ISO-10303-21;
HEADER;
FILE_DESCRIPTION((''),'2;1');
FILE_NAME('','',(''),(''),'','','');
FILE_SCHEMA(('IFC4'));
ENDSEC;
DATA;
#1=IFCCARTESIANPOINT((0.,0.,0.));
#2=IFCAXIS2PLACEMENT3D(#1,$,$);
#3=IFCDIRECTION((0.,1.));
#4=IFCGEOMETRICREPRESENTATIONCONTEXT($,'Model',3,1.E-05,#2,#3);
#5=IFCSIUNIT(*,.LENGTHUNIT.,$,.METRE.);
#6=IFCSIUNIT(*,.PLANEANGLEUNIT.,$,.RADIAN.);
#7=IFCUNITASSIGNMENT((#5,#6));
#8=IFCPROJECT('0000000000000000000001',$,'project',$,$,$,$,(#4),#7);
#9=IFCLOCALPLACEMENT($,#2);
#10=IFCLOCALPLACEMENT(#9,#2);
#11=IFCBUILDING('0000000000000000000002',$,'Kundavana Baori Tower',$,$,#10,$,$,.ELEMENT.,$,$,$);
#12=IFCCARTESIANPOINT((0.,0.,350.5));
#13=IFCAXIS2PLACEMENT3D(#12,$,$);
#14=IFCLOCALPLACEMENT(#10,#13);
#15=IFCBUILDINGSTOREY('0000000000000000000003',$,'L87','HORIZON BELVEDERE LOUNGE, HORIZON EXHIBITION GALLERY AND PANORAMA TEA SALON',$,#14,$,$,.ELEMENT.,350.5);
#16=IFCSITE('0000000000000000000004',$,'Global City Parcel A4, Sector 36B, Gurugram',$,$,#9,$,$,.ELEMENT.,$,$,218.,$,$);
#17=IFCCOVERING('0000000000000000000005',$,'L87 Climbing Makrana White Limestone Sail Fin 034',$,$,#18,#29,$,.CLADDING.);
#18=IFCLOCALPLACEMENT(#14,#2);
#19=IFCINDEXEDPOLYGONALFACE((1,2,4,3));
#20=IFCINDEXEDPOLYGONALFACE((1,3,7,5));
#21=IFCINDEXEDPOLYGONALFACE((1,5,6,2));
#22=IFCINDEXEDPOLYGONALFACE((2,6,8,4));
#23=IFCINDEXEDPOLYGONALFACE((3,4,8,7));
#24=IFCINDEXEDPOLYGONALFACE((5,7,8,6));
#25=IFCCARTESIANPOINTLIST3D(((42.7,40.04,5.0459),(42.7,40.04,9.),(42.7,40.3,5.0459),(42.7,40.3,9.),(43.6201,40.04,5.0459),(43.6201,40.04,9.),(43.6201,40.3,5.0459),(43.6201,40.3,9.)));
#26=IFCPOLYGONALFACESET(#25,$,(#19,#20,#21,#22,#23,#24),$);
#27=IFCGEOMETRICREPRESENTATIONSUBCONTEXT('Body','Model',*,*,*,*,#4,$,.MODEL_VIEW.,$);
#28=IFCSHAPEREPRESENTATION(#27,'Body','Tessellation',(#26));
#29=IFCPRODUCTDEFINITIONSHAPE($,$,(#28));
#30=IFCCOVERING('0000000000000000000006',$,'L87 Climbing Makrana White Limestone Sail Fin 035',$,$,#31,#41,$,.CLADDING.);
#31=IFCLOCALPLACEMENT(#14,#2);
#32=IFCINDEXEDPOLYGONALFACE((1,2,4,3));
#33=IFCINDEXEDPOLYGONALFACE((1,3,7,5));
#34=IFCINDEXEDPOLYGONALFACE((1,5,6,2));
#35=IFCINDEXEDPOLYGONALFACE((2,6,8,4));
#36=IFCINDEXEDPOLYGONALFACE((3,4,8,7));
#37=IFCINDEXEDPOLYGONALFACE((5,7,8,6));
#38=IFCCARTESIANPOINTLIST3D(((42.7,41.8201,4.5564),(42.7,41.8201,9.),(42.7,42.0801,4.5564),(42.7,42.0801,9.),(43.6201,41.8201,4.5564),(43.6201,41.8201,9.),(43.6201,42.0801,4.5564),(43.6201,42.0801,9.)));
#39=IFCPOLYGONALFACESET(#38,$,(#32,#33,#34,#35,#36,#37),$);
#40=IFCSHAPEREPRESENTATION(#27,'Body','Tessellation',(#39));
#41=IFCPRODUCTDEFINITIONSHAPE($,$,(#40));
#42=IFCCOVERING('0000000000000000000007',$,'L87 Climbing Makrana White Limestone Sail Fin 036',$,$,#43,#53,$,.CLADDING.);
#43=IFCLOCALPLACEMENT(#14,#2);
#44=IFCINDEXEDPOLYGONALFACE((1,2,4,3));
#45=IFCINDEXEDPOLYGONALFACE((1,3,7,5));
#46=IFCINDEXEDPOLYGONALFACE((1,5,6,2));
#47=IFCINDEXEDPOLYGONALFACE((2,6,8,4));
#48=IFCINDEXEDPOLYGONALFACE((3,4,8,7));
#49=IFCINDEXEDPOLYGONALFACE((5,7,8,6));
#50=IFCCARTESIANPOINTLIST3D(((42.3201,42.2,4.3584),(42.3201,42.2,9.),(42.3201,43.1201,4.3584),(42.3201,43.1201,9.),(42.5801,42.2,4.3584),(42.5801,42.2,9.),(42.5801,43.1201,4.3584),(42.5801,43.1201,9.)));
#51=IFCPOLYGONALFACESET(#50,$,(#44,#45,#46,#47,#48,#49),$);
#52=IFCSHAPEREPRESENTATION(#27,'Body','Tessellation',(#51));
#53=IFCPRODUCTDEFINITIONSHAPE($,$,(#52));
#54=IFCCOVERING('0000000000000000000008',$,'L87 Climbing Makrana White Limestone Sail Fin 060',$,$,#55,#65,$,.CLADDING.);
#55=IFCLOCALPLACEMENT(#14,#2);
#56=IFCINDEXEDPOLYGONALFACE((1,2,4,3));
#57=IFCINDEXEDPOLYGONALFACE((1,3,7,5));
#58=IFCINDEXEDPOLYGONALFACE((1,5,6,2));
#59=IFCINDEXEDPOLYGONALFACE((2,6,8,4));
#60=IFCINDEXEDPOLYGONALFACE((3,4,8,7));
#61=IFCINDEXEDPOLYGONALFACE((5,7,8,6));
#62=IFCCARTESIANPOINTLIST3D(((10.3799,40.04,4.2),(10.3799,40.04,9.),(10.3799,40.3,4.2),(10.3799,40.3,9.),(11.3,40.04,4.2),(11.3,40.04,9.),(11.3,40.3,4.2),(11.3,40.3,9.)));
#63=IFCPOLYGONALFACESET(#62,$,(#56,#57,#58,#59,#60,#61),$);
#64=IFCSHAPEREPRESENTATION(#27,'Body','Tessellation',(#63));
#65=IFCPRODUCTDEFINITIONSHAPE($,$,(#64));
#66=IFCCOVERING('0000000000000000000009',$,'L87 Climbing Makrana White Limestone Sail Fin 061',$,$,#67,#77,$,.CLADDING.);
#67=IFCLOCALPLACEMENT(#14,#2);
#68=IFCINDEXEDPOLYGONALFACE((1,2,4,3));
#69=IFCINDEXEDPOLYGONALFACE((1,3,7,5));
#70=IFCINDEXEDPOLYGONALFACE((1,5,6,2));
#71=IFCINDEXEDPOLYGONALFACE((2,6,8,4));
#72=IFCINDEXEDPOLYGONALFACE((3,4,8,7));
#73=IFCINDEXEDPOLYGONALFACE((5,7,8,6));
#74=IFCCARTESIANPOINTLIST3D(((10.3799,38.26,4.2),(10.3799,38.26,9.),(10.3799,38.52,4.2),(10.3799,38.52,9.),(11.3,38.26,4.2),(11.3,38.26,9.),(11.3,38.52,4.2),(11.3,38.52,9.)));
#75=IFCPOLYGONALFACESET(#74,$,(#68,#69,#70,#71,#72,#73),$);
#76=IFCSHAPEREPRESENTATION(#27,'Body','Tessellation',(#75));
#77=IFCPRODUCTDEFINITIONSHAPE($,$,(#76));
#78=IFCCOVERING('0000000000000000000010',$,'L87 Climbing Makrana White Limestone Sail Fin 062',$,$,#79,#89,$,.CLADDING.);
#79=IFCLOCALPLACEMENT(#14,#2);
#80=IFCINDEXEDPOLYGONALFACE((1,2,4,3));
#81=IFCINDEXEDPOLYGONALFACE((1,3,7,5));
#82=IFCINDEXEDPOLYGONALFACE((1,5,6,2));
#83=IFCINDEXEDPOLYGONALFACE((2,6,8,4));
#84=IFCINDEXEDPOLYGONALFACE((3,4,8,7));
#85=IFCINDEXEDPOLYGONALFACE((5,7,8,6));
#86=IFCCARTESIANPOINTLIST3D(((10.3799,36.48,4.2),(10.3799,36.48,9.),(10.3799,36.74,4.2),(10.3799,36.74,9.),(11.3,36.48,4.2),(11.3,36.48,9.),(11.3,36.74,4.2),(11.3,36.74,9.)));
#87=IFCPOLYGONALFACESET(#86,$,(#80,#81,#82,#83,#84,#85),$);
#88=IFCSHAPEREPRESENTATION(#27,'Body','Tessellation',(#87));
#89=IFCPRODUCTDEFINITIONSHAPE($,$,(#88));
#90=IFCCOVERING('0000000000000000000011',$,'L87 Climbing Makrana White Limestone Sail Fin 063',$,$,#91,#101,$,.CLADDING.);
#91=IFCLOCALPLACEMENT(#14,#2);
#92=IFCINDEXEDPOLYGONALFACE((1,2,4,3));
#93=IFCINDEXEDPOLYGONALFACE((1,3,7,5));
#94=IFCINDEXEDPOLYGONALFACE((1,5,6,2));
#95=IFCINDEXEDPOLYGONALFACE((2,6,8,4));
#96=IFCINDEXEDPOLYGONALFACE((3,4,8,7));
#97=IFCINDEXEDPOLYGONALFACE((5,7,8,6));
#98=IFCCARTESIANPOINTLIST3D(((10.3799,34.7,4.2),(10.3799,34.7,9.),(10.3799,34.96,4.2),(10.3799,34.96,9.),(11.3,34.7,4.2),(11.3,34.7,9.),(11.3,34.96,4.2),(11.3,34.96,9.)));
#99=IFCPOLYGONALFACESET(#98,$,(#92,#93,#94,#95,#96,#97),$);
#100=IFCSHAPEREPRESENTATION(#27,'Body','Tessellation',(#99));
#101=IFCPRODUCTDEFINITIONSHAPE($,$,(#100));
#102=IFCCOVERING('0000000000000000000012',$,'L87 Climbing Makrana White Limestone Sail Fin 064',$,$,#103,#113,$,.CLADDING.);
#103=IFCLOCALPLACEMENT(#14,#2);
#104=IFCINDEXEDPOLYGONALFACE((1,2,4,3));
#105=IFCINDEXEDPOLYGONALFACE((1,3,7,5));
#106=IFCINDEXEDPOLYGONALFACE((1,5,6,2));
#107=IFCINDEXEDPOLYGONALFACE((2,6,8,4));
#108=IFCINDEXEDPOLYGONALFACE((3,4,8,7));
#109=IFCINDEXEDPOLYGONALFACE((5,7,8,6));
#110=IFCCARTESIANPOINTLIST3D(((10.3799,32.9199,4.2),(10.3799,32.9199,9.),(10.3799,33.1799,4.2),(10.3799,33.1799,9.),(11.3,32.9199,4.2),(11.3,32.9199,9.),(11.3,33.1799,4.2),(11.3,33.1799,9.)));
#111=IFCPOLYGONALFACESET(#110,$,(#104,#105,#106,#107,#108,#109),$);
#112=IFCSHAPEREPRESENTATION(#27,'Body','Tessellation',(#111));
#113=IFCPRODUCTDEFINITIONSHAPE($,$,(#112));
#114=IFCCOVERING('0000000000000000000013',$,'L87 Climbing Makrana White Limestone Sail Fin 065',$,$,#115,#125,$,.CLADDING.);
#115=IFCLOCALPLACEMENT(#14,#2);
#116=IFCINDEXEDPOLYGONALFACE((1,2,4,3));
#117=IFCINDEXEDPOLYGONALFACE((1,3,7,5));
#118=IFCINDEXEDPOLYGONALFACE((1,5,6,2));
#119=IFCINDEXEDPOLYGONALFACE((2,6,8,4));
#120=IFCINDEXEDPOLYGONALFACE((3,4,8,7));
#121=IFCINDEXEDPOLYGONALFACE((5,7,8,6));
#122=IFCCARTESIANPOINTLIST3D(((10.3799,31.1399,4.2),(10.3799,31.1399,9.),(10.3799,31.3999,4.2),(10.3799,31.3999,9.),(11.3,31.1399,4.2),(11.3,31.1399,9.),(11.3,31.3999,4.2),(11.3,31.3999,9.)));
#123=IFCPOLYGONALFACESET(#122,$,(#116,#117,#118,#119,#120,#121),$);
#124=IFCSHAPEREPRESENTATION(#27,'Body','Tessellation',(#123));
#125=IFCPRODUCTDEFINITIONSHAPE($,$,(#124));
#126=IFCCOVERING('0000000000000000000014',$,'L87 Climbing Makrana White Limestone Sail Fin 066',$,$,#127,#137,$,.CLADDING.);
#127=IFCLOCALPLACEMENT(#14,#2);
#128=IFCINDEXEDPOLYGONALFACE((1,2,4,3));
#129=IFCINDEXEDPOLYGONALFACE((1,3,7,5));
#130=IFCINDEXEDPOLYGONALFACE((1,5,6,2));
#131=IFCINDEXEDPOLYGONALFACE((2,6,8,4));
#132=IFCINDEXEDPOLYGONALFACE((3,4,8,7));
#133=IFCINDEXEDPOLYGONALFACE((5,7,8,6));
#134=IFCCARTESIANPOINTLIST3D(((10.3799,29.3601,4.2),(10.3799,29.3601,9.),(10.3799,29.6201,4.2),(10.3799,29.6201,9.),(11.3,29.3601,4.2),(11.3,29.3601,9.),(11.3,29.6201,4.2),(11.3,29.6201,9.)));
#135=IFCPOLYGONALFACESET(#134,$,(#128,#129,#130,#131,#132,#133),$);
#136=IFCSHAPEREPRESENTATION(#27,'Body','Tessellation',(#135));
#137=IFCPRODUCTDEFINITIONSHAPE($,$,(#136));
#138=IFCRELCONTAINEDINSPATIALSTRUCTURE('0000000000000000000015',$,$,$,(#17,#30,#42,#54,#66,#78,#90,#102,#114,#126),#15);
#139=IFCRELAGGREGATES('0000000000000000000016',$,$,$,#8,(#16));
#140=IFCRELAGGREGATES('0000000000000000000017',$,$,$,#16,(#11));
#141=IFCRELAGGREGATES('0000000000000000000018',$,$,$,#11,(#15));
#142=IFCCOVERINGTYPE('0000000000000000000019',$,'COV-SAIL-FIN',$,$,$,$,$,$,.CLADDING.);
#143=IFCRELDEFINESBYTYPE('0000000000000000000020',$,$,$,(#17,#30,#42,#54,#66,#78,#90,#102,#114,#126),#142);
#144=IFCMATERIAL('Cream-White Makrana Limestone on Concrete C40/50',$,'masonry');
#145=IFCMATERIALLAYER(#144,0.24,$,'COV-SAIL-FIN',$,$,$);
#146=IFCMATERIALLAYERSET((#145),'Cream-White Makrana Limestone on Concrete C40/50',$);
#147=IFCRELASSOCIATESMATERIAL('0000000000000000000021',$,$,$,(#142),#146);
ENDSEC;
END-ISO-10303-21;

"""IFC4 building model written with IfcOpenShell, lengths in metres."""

from ifc_helpers import new_model, si_unit, direction, frame, origin, place, context, subcontext, project, spatial, polyline, outline, extrude, material, layer, layer_set, type_object, element, save


model = new_model("IFC4")

# Units and contexts
model_context = context("Model", 3, precision=1e-05, world=origin(), true_north=direction((0.0, 1.0)))
body_context = subcontext(model_context, "Body", "Model", "MODEL_VIEW")
ifc_project = project(units=[si_unit("LENGTHUNIT", "METRE"), si_unit("PLANEANGLEUNIT", "RADIAN")], contexts=[model_context])

# Site, building, storey
site_placement = place(None, origin())
site = spatial("IfcSite", under=ifc_project, at=site_placement, Name="Global City Parcel A4, Sector 36B, Gurugram", CompositionType="ELEMENT", RefElevation=218.0)
building_placement = place(site_placement, origin())
building = spatial("IfcBuilding", under=site, at=building_placement, Name="Kundavana Baori Tower", CompositionType="ELEMENT")
storey_placement = place(building_placement, frame((0.0, 0.0, 350.5)))
storey = spatial("IfcBuildingStorey", under=building, at=storey_placement, Name="L87", Description="HORIZON BELVEDERE LOUNGE, HORIZON EXHIBITION GALLERY AND PANORAMA TEA SALON", CompositionType="ELEMENT", Elevation=350.5)

# Coverings
ifc_material = material(Name="Cream-White Makrana Limestone on Concrete C40/50", Category="masonry")
ifc_layer = layer(ifc_material, 0.24, Name="COV-SAIL-FIN")
ifc_layer_set = layer_set([ifc_layer], Name="Cream-White Makrana Limestone on Concrete C40/50")
covering_type = type_object("IfcCoveringType", Name="COV-SAIL-FIN", PredefinedType="CLADDING", material=ifc_layer_set)
covering_1_placement = place(storey_placement, frame((0.0, 0.0, 5.0459)))
element("IfcCovering", 1, at=covering_1_placement, inside=storey, type_object=covering_type, Name="L87 Climbing Makrana White Limestone Sail Fin 034", PredefinedType="CLADDING", context=body_context, shape_type="SweptSolid", body=[
    extrude(outline(polyline([(42.7, 40.04), (43.6201, 40.04), (43.6201, 40.3), (42.7, 40.3), (42.7, 40.04)])), origin(), (0.0, 0.0, 1.0), 3.9541),
])
covering_2_placement = place(storey_placement, frame((0.0, 0.0, 4.5564)))
element("IfcCovering", 2, at=covering_2_placement, inside=storey, type_object=covering_type, Name="L87 Climbing Makrana White Limestone Sail Fin 035", PredefinedType="CLADDING", context=body_context, shape_type="SweptSolid", body=[
    extrude(outline(polyline([(42.7, 41.8201), (43.6201, 41.8201), (43.6201, 42.0801), (42.7, 42.0801), (42.7, 41.8201)])), origin(), (0.0, 0.0, 1.0), 4.4436),
])
covering_3_placement = place(storey_placement, frame((0.0, 0.0, 4.3584)))
element("IfcCovering", 3, at=covering_3_placement, inside=storey, type_object=covering_type, Name="L87 Climbing Makrana White Limestone Sail Fin 036", PredefinedType="CLADDING", context=body_context, shape_type="SweptSolid", body=[
    extrude(outline(polyline([(42.3201, 42.2), (42.5801, 42.2), (42.5801, 43.1201), (42.3201, 43.1201), (42.3201, 42.2)])), origin(), (0.0, 0.0, 1.0), 4.6416),
])
covering_4_placement = place(storey_placement, frame((0.0, 0.0, 4.2)))
element("IfcCovering", 4, at=covering_4_placement, inside=storey, type_object=covering_type, Name="L87 Climbing Makrana White Limestone Sail Fin 060", PredefinedType="CLADDING", context=body_context, shape_type="SweptSolid", body=[
    extrude(outline(polyline([(10.3799, 40.04), (11.3, 40.04), (11.3, 40.3), (10.3799, 40.3), (10.3799, 40.04)])), origin(), (0.0, 0.0, 1.0), 4.8),
])
covering_5_placement = place(storey_placement, frame((0.0, 0.0, 4.2)))
element("IfcCovering", 5, at=covering_5_placement, inside=storey, type_object=covering_type, Name="L87 Climbing Makrana White Limestone Sail Fin 061", PredefinedType="CLADDING", context=body_context, shape_type="SweptSolid", body=[
    extrude(outline(polyline([(10.3799, 38.26), (11.3, 38.26), (11.3, 38.52), (10.3799, 38.52), (10.3799, 38.26)])), origin(), (0.0, 0.0, 1.0), 4.8),
])
covering_6_placement = place(storey_placement, frame((0.0, 0.0, 4.2)))
element("IfcCovering", 6, at=covering_6_placement, inside=storey, type_object=covering_type, Name="L87 Climbing Makrana White Limestone Sail Fin 062", PredefinedType="CLADDING", context=body_context, shape_type="SweptSolid", body=[
    extrude(outline(polyline([(10.3799, 36.48), (11.3, 36.48), (11.3, 36.74), (10.3799, 36.74), (10.3799, 36.48)])), origin(), (0.0, 0.0, 1.0), 4.8),
])
covering_7_placement = place(storey_placement, frame((0.0, 0.0, 4.2)))
element("IfcCovering", 7, at=covering_7_placement, inside=storey, type_object=covering_type, Name="L87 Climbing Makrana White Limestone Sail Fin 063", PredefinedType="CLADDING", context=body_context, shape_type="SweptSolid", body=[
    extrude(outline(polyline([(10.3799, 34.7), (11.3, 34.7), (11.3, 34.96), (10.3799, 34.96), (10.3799, 34.7)])), origin(), (0.0, 0.0, 1.0), 4.8),
])
covering_8_placement = place(storey_placement, frame((0.0, 0.0, 4.2)))
element("IfcCovering", 8, at=covering_8_placement, inside=storey, type_object=covering_type, Name="L87 Climbing Makrana White Limestone Sail Fin 064", PredefinedType="CLADDING", context=body_context, shape_type="SweptSolid", body=[
    extrude(outline(polyline([(10.3799, 32.9199), (11.3, 32.9199), (11.3, 33.1799), (10.3799, 33.1799), (10.3799, 32.9199)])), origin(), (0.0, 0.0, 1.0), 4.8),
])
covering_9_placement = place(storey_placement, frame((0.0, 0.0, 4.2)))
element("IfcCovering", 9, at=covering_9_placement, inside=storey, type_object=covering_type, Name="L87 Climbing Makrana White Limestone Sail Fin 065", PredefinedType="CLADDING", context=body_context, shape_type="SweptSolid", body=[
    extrude(outline(polyline([(10.3799, 31.1399), (11.3, 31.1399), (11.3, 31.3999), (10.3799, 31.3999), (10.3799, 31.1399)])), origin(), (0.0, 0.0, 1.0), 4.8),
])
covering_10_placement = place(storey_placement, frame((0.0, 0.0, 4.2)))
element("IfcCovering", 10, at=covering_10_placement, inside=storey, type_object=covering_type, Name="L87 Climbing Makrana White Limestone Sail Fin 066", PredefinedType="CLADDING", context=body_context, shape_type="SweptSolid", body=[
    extrude(outline(polyline([(10.3799, 29.3601), (11.3, 29.3601), (11.3, 29.6201), (10.3799, 29.6201), (10.3799, 29.3601)])), origin(), (0.0, 0.0, 1.0), 4.8),
])

save(model, "model.ifc")
